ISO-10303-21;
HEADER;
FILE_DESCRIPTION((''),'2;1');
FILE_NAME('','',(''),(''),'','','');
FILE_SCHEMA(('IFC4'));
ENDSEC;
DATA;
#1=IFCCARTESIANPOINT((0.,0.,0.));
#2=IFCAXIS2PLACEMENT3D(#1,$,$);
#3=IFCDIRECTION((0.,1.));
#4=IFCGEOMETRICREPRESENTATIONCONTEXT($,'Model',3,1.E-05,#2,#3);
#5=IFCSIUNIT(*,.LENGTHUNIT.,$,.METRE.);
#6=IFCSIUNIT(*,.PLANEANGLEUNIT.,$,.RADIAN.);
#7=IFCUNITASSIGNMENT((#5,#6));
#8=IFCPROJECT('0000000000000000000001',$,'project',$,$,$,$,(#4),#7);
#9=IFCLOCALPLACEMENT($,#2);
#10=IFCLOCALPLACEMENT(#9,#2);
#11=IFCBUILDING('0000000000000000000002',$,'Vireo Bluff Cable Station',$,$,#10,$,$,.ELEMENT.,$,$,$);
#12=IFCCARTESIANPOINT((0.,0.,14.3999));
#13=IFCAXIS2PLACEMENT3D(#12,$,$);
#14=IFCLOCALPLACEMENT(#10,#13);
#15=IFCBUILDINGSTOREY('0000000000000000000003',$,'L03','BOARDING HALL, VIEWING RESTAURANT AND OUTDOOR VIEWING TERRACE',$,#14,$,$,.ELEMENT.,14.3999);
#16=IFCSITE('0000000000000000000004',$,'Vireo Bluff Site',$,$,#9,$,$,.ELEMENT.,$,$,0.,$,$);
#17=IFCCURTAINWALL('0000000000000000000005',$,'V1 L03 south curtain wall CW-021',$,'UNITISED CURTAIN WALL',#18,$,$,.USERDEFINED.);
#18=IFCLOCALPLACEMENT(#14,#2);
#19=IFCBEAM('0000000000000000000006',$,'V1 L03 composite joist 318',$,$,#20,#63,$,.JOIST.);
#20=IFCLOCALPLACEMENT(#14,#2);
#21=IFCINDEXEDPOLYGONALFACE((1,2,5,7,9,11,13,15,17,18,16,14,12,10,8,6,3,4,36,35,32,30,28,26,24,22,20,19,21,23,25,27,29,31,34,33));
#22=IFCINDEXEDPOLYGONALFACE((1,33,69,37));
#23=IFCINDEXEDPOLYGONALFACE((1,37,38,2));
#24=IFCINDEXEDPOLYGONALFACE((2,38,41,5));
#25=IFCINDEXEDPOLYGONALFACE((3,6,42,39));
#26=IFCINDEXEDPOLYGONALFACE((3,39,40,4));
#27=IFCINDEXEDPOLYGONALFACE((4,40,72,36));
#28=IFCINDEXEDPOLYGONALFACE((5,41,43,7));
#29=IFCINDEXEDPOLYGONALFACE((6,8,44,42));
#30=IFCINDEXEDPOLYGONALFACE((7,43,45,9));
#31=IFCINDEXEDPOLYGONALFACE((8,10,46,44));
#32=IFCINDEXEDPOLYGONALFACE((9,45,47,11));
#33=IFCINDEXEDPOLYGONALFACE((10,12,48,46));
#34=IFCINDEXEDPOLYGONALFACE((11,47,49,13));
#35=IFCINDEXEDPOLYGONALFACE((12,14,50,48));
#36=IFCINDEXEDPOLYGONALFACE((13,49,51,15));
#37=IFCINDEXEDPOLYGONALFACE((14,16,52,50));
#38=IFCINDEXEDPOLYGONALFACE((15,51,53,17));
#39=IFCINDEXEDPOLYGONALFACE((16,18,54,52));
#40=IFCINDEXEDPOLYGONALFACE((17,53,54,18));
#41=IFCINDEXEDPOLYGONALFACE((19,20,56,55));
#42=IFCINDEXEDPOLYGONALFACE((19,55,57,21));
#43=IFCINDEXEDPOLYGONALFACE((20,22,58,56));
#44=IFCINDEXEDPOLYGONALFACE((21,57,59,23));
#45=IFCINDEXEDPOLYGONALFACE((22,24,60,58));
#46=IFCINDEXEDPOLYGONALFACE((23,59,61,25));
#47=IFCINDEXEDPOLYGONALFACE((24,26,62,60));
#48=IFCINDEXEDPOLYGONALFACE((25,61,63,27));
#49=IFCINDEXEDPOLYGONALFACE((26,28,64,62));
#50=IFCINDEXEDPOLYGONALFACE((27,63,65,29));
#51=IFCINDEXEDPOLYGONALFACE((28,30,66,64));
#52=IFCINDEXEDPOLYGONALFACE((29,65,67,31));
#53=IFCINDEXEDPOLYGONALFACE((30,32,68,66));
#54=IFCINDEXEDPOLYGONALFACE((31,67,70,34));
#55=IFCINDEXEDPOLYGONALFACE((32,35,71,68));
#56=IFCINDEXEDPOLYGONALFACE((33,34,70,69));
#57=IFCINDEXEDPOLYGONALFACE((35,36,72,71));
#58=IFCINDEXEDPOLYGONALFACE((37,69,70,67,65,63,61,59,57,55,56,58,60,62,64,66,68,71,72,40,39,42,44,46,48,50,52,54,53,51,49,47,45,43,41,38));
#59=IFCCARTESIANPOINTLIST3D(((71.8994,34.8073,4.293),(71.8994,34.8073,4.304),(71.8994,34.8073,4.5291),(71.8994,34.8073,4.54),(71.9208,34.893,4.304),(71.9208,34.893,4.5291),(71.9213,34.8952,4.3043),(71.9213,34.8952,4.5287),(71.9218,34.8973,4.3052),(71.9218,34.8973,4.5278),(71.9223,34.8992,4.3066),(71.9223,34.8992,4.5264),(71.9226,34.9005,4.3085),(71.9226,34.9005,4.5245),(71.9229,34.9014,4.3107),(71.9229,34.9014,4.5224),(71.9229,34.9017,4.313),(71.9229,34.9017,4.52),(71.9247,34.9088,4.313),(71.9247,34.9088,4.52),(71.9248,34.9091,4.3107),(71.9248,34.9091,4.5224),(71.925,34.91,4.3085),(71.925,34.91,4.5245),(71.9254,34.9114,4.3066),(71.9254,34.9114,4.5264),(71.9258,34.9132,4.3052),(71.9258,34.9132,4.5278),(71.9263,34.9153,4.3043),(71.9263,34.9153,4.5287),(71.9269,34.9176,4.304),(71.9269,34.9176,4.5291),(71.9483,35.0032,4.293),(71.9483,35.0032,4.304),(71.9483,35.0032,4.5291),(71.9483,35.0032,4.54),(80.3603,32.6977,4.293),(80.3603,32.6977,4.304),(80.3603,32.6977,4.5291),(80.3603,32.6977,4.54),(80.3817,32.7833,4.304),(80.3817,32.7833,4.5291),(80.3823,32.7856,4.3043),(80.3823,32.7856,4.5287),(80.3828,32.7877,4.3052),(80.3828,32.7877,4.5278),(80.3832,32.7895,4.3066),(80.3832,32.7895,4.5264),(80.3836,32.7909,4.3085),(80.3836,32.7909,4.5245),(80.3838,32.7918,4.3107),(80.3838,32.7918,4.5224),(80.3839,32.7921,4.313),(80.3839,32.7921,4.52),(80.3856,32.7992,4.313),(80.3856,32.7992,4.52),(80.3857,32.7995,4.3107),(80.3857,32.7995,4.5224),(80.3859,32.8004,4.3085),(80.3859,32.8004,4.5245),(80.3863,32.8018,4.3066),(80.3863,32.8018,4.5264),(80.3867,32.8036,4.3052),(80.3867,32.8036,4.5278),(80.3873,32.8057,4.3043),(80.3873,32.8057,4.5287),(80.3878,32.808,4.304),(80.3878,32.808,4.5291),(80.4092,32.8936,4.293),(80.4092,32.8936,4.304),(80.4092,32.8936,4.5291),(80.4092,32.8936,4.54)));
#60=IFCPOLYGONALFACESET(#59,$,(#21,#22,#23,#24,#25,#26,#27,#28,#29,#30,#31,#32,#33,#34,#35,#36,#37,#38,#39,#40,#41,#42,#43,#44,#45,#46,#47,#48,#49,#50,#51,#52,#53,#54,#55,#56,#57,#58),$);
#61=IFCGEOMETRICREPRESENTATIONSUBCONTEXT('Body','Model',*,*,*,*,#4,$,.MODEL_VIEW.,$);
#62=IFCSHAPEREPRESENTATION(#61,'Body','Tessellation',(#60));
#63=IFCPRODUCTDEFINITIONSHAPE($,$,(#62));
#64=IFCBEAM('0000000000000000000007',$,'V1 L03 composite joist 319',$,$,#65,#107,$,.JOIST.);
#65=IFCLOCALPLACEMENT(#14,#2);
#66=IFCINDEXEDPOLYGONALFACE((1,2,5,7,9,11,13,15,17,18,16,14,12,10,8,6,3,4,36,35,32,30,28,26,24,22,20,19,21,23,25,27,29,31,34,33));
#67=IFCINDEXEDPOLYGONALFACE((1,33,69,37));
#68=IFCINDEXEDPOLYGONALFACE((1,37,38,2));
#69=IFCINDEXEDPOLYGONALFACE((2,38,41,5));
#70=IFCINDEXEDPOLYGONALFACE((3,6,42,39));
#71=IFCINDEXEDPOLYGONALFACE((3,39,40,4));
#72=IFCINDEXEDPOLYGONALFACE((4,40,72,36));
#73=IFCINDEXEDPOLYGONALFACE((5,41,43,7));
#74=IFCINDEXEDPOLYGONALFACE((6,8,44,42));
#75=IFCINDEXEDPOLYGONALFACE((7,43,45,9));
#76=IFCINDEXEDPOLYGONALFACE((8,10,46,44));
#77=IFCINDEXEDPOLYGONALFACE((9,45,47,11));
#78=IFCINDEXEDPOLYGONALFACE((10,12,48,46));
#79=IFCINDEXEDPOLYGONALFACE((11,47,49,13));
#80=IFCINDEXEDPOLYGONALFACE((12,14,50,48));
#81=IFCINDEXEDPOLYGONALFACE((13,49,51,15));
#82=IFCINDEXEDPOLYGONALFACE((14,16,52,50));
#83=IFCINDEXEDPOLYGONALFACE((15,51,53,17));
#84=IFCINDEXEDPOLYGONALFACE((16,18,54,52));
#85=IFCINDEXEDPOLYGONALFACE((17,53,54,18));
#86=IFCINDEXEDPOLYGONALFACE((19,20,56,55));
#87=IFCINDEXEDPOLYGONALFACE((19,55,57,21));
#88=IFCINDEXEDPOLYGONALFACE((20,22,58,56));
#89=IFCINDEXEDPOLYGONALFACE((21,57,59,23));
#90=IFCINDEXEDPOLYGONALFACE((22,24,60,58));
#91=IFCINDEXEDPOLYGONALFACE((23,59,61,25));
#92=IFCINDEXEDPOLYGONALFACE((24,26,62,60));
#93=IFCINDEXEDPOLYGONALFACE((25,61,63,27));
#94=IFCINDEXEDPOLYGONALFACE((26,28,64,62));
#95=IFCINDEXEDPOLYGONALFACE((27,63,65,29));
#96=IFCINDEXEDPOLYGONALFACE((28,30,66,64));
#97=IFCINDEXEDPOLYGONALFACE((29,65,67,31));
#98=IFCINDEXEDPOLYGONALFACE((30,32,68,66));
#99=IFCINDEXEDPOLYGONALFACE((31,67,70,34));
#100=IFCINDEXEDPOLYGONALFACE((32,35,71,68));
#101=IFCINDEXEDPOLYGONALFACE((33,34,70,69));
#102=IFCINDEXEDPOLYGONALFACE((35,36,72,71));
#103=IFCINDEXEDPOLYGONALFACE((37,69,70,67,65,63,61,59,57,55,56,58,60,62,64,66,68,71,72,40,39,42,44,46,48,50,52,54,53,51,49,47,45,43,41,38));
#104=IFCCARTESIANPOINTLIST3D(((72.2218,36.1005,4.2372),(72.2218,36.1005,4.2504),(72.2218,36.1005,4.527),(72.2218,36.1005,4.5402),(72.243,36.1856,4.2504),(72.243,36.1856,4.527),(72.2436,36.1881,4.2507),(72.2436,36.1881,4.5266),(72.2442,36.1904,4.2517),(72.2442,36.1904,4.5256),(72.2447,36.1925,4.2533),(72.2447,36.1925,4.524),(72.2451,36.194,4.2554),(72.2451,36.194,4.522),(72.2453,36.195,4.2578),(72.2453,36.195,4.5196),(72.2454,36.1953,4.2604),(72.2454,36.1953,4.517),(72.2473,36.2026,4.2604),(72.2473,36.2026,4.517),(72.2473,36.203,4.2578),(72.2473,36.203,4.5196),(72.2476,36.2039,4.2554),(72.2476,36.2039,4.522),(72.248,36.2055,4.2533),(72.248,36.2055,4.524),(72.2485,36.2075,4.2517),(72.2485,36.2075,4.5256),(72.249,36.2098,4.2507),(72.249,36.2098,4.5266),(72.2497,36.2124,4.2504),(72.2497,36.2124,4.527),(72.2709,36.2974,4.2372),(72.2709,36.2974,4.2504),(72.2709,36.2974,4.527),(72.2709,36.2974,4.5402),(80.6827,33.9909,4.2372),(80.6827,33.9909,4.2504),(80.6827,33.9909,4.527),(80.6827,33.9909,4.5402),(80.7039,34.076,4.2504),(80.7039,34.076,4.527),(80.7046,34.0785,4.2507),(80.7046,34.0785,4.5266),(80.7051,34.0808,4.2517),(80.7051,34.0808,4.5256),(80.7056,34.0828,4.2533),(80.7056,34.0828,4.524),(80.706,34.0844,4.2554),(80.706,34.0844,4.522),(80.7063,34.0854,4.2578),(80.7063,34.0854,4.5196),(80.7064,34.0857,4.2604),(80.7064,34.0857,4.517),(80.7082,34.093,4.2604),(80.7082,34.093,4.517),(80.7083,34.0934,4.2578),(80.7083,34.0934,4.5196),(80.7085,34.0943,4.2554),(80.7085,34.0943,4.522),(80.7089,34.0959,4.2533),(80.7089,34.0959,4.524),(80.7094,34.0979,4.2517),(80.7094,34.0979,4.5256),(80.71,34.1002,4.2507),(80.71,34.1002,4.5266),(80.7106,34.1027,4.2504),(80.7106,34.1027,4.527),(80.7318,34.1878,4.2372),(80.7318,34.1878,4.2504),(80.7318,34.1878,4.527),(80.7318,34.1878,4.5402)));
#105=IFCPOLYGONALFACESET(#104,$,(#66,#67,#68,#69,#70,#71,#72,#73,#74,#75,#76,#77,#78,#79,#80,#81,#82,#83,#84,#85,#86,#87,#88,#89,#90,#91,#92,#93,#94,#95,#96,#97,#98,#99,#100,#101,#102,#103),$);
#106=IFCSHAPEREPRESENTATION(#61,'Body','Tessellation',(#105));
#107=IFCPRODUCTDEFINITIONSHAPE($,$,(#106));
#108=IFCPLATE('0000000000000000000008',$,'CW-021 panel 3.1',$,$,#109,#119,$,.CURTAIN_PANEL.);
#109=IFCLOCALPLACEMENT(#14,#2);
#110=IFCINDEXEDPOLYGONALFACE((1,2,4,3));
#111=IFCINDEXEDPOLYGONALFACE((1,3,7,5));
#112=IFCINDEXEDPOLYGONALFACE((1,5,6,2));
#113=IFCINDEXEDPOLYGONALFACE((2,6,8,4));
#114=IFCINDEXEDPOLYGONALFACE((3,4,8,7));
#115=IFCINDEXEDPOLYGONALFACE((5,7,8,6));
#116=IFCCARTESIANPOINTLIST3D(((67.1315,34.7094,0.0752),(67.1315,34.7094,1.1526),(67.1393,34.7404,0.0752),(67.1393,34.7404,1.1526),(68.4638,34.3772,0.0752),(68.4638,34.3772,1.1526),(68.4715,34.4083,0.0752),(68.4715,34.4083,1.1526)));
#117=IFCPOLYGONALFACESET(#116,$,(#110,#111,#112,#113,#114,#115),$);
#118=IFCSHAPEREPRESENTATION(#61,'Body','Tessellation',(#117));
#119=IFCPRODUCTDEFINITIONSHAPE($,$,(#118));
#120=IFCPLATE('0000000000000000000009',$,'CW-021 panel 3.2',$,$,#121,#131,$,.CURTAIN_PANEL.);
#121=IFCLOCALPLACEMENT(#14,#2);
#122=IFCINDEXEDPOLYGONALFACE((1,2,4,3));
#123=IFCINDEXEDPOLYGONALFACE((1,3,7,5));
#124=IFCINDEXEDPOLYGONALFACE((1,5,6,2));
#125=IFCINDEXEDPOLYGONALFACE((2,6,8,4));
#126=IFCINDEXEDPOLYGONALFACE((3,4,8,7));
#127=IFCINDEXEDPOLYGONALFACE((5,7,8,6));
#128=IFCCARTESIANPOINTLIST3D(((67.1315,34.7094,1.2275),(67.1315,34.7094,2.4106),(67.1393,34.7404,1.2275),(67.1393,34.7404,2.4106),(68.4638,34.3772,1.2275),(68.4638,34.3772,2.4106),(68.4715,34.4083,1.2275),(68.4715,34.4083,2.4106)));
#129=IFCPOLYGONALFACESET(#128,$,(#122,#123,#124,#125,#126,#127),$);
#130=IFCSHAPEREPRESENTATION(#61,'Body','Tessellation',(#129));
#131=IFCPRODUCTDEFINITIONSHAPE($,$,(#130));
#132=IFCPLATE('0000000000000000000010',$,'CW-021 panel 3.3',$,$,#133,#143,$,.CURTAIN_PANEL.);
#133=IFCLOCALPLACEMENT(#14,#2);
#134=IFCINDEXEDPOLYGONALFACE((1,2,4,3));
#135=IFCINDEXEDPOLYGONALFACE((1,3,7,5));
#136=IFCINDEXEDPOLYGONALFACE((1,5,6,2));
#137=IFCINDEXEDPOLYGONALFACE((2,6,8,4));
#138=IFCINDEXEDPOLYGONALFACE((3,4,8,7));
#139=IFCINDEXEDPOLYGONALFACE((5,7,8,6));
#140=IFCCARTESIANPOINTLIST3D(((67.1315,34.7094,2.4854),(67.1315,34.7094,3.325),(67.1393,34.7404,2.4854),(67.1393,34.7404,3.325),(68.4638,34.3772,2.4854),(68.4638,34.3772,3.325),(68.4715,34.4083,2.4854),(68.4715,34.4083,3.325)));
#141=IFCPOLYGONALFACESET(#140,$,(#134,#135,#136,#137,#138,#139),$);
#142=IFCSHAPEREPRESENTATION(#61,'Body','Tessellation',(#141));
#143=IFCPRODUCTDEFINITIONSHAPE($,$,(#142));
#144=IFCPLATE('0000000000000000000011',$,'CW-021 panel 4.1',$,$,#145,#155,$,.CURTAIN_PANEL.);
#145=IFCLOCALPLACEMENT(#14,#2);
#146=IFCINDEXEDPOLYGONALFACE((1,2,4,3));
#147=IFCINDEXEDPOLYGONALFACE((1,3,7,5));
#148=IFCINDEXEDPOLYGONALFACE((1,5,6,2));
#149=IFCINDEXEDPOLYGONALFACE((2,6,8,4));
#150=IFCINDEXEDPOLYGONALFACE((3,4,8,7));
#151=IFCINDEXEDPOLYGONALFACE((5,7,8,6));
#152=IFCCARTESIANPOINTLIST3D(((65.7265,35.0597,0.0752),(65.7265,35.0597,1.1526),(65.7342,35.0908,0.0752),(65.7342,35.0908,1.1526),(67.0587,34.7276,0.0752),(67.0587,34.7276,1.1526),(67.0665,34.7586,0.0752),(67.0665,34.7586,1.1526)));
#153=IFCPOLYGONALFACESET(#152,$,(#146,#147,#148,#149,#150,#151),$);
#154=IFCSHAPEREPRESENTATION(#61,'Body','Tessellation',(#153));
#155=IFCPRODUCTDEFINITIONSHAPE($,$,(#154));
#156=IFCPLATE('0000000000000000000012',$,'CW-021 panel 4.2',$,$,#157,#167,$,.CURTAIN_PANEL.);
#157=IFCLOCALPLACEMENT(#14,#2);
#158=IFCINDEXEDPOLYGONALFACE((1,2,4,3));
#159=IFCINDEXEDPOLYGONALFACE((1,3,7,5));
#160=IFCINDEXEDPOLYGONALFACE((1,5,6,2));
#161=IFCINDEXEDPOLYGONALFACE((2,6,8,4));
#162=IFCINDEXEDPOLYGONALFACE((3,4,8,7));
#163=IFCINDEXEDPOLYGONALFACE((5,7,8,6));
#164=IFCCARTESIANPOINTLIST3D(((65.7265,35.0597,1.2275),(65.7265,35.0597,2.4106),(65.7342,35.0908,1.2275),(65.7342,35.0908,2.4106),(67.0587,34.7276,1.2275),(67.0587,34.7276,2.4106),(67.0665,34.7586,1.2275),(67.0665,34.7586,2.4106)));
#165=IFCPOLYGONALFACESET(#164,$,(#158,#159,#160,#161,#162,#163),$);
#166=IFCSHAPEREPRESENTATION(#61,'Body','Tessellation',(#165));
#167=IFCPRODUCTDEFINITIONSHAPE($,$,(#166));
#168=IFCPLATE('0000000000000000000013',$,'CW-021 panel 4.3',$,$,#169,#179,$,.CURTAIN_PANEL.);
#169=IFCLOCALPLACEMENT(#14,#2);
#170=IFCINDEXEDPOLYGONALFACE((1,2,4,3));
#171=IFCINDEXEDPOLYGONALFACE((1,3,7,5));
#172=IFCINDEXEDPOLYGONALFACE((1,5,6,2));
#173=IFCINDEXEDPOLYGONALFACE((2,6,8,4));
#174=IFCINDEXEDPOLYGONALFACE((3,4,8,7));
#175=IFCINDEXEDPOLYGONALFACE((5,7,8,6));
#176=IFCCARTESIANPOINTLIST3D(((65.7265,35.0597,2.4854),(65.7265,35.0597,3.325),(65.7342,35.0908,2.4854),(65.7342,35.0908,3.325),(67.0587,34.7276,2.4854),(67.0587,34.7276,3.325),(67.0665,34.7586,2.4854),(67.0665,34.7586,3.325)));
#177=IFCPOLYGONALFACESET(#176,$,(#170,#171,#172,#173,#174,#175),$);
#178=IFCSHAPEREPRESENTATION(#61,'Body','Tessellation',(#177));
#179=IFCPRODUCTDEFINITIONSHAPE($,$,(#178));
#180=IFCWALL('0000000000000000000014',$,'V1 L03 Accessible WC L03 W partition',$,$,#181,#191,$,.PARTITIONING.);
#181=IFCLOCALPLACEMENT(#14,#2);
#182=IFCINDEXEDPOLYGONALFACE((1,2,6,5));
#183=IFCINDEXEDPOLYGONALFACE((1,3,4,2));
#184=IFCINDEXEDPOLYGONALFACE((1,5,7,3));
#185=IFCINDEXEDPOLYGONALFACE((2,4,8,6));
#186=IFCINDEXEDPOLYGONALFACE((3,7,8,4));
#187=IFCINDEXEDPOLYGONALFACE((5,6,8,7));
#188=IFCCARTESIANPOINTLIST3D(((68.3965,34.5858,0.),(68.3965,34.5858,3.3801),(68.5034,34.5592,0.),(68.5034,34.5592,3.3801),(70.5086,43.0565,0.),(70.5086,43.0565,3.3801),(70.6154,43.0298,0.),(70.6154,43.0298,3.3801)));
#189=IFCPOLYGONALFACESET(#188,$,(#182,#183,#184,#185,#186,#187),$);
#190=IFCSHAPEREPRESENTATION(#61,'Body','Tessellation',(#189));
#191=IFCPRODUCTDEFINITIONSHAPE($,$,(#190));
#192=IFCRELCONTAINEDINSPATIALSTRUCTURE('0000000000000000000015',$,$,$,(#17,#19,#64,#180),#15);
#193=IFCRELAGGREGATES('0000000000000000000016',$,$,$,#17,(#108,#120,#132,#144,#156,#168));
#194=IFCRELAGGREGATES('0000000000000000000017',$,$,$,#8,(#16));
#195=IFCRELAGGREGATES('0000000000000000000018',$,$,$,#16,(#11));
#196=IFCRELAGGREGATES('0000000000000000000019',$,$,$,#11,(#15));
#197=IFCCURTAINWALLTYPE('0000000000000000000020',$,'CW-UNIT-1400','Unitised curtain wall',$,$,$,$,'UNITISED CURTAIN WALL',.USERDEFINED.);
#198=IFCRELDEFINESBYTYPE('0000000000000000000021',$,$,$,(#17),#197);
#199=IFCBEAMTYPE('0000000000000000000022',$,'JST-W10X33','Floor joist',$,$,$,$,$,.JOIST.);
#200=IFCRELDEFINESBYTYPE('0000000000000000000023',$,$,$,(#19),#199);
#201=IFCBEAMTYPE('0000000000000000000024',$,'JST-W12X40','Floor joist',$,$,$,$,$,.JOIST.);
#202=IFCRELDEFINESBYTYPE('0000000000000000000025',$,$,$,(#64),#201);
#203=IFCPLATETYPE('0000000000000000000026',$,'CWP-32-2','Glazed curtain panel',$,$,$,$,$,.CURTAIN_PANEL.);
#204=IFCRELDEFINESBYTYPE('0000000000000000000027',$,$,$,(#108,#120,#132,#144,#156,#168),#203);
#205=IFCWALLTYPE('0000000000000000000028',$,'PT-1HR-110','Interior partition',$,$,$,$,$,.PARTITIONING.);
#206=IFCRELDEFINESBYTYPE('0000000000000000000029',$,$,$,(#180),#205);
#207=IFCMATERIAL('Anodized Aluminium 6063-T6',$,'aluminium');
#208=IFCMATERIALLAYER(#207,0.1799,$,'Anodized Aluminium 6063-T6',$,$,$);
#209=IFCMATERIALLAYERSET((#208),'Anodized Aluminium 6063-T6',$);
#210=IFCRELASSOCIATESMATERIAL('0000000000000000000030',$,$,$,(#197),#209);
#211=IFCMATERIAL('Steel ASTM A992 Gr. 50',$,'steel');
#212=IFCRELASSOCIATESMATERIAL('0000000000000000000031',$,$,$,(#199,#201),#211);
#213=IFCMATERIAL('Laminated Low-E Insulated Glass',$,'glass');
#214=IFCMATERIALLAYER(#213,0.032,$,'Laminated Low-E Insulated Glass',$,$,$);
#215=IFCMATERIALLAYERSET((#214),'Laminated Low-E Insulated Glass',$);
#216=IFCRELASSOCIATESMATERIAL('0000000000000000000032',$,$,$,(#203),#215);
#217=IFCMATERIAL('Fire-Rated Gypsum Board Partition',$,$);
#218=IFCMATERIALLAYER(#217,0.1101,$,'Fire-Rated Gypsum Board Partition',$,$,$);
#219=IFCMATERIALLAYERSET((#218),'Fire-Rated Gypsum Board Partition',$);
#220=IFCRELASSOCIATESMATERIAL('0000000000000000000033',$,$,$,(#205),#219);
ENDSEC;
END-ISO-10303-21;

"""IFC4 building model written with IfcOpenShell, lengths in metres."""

from ifc_helpers import new_model, si_unit, direction, frame, frame_2d, origin, origin_2d, place, context, subcontext, project, spatial, rectangle, i_section, extrude, material, layer, layer_set, material_profile, profile_set, type_object, element, aggregate, save


model = new_model("IFC4")

# Units and contexts
model_context = context("Model", 3, precision=1e-05, world=origin(), true_north=direction((0.0, 1.0)))
body_context = subcontext(model_context, "Body", "Model", "MODEL_VIEW")
ifc_project = project(units=[si_unit("LENGTHUNIT", "METRE"), si_unit("PLANEANGLEUNIT", "RADIAN")], contexts=[model_context])

# Site, building, storey
site_placement = place(None, origin())
site = spatial("IfcSite", under=ifc_project, at=site_placement, Name="Vireo Bluff Site", CompositionType="ELEMENT", RefElevation=0.0)
building_placement = place(site_placement, origin())
building = spatial("IfcBuilding", under=site, at=building_placement, Name="Vireo Bluff Cable Station", CompositionType="ELEMENT")
storey_placement = place(building_placement, frame((0.0, 0.0, 14.3999)))
storey = spatial("IfcBuildingStorey", under=building, at=storey_placement, Name="L03", Description="BOARDING HALL, VIEWING RESTAURANT AND OUTDOOR VIEWING TERRACE", CompositionType="ELEMENT", Elevation=14.3999)

# Curtain wall
ifc_material_1 = material(Name="Anodized Aluminium 6063-T6", Category="aluminium")
ifc_layer_1 = layer(ifc_material_1, 0.1799, Name="Anodized Aluminium 6063-T6")
ifc_layer_set_1 = layer_set([ifc_layer_1], Name="Anodized Aluminium 6063-T6")
curtain_wall_type = type_object("IfcCurtainWallType", Name="CW-UNIT-1400", Description="Unitised curtain wall", ElementType="UNITISED CURTAIN WALL", PredefinedType="USERDEFINED", material=ifc_layer_set_1)
curtain_wall_placement = place(storey_placement, origin())
curtain_wall = element("IfcCurtainWall", 1, at=curtain_wall_placement, inside=storey, type_object=curtain_wall_type, Name="V1 L03 south curtain wall CW-021", ObjectType="UNITISED CURTAIN WALL", PredefinedType="USERDEFINED")

# Beams
ifc_material_2 = material(Name="Steel ASTM A992 Gr. 50", Category="steel")
ifc_material_profile_1 = material_profile(ifc_material_2, i_section(OverallWidth=0.2019, OverallDepth=0.2471, WebThickness=0.0073, FlangeThickness=0.011, FilletRadius=0.009, at=origin_2d()), Name="W10X33")
ifc_profile_set_1 = profile_set([ifc_material_profile_1], Name="Steel ASTM A992 Gr. 50")
beam_type_1 = type_object("IfcBeamType", Name="JST-W10X33", Description="Floor joist", PredefinedType="JOIST", material=ifc_profile_set_1)
beam_1_placement = place(storey_placement, frame((71.9238, 34.9053, 4.4165), z_axis=(0.970294, -0.24193, 0.0), x_axis=(0.24193, 0.970294, 0.0)))
element("IfcBeam", 2, at=beam_1_placement, inside=storey, type_object=beam_type_1, Name="V1 L03 composite joist 318", PredefinedType="JOIST", context=body_context, shape_type="SweptSolid", body=[
    extrude(i_section(OverallWidth=0.2019, OverallDepth=0.2471, WebThickness=0.0073, FlangeThickness=0.011, FilletRadius=0.009, at=origin_2d()), origin(), (0.0, 0.0, 1.0), 8.72),
])
ifc_material_profile_2 = material_profile(ifc_material_2, i_section(OverallWidth=0.2029, OverallDepth=0.303, WebThickness=0.0076, FlangeThickness=0.0132, FilletRadius=0.01, at=origin_2d()), Name="W12X40")
ifc_profile_set_2 = profile_set([ifc_material_profile_2], Name="Steel ASTM A992 Gr. 50")
beam_type_2 = type_object("IfcBeamType", Name="JST-W12X40", Description="Floor joist", PredefinedType="JOIST", material=ifc_profile_set_2)
beam_2_placement = place(storey_placement, frame((72.2463, 36.199, 4.3887), z_axis=(0.970294, -0.24193, 0.0), x_axis=(0.24193, 0.970294, 0.0)))
element("IfcBeam", 3, at=beam_2_placement, inside=storey, type_object=beam_type_2, Name="V1 L03 composite joist 319", PredefinedType="JOIST", context=body_context, shape_type="SweptSolid", body=[
    extrude(i_section(OverallWidth=0.2029, OverallDepth=0.303, WebThickness=0.0076, FlangeThickness=0.0132, FilletRadius=0.01, at=origin_2d()), origin(), (0.0, 0.0, 1.0), 8.72),
])

# Plates
ifc_material_3 = material(Name="Laminated Low-E Insulated Glass", Category="glass")
ifc_layer_2 = layer(ifc_material_3, 0.032, Name="Laminated Low-E Insulated Glass")
ifc_layer_set_2 = layer_set([ifc_layer_2], Name="Laminated Low-E Insulated Glass")
plate_type = type_object("IfcPlateType", Name="CWP-32-2", Description="Glazed curtain panel", PredefinedType="CURTAIN_PANEL", material=ifc_layer_set_2)
plate_1_placement = place(storey_placement, frame((67.8015, 34.5588, 0.0752), z_axis=(0.0, 0.0, 1.0), x_axis=(-0.970296, 0.241922, 0.0)))
plate_1 = element("IfcPlate", 4, at=plate_1_placement, type_object=plate_type, Name="CW-021 panel 3.1", PredefinedType="CURTAIN_PANEL", context=body_context, shape_type="SweptSolid", body=[
    extrude(rectangle(XDim=1.373, YDim=0.032, at=origin_2d()), origin(), (0.0, 0.0, 1.0), 1.0774),
])
plate_2_placement = place(storey_placement, frame((67.8015, 34.5588, 1.2275), z_axis=(0.0, 0.0, 1.0), x_axis=(-0.970296, 0.241922, 0.0)))
plate_2 = element("IfcPlate", 5, at=plate_2_placement, type_object=plate_type, Name="CW-021 panel 3.2", PredefinedType="CURTAIN_PANEL", context=body_context, shape_type="SweptSolid", body=[
    extrude(rectangle(XDim=1.373, YDim=0.032, at=origin_2d()), origin(), (0.0, 0.0, 1.0), 1.1831),
])
plate_3_placement = place(storey_placement, frame((67.8015, 34.5588, 2.4854), z_axis=(0.0, 0.0, 1.0), x_axis=(-0.970296, 0.241922, 0.0)))
plate_3 = element("IfcPlate", 6, at=plate_3_placement, type_object=plate_type, Name="CW-021 panel 3.3", PredefinedType="CURTAIN_PANEL", context=body_context, shape_type="SweptSolid", body=[
    extrude(rectangle(XDim=1.373, YDim=0.032, at=origin_2d()), origin(), (0.0, 0.0, 1.0), 0.8396),
])
plate_4_placement = place(storey_placement, frame((66.3965, 34.9092, 0.0752), z_axis=(0.0, 0.0, 1.0), x_axis=(-0.970296, 0.241922, 0.0)))
plate_4 = element("IfcPlate", 7, at=plate_4_placement, type_object=plate_type, Name="CW-021 panel 4.1", PredefinedType="CURTAIN_PANEL", context=body_context, shape_type="SweptSolid", body=[
    extrude(rectangle(XDim=1.373, YDim=0.032, at=origin_2d()), origin(), (0.0, 0.0, 1.0), 1.0774),
])
plate_5_placement = place(storey_placement, frame((66.3965, 34.9092, 1.2275), z_axis=(0.0, 0.0, 1.0), x_axis=(-0.970296, 0.241922, 0.0)))
plate_5 = element("IfcPlate", 8, at=plate_5_placement, type_object=plate_type, Name="CW-021 panel 4.2", PredefinedType="CURTAIN_PANEL", context=body_context, shape_type="SweptSolid", body=[
    extrude(rectangle(XDim=1.373, YDim=0.032, at=origin_2d()), origin(), (0.0, 0.0, 1.0), 1.1831),
])
plate_6_placement = place(storey_placement, frame((66.3965, 34.9092, 2.4854), z_axis=(0.0, 0.0, 1.0), x_axis=(-0.970296, 0.241922, 0.0)))
plate_6 = element("IfcPlate", 9, at=plate_6_placement, type_object=plate_type, Name="CW-021 panel 4.3", PredefinedType="CURTAIN_PANEL", context=body_context, shape_type="SweptSolid", body=[
    extrude(rectangle(XDim=1.373, YDim=0.032, at=origin_2d()), origin(), (0.0, 0.0, 1.0), 0.8396),
])
aggregate(curtain_wall, [plate_1, plate_2, plate_3, plate_4, plate_5, plate_6])

# Wall
ifc_material_4 = material(Name="Fire-Rated Gypsum Board Partition")
ifc_layer_3 = layer(ifc_material_4, 0.1101, Name="Fire-Rated Gypsum Board Partition")
ifc_layer_set_3 = layer_set([ifc_layer_3], Name="Fire-Rated Gypsum Board Partition")
wall_type_1 = type_object("IfcWallType", Name="PT-1HR-110", Description="Interior partition", PredefinedType="PARTITIONING", material=ifc_layer_set_3)
wall_1_placement = place(storey_placement, frame((68.45, 34.5725, 0.0), z_axis=(0.0, 0.0, 1.0), x_axis=(0.24193, 0.970294, 0.0)))
element("IfcWall", 10, at=wall_1_placement, inside=storey, type_object=wall_type_1, Name="V1 L03 Accessible WC L03 W partition", PredefinedType="PARTITIONING", context=body_context, shape_type="SweptSolid", body=[
    extrude(rectangle(XDim=8.73, YDim=0.1101, at=frame_2d((4.365, 0.0))), origin(), (0.0, 0.0, 1.0), 3.3801),
])

save(model, "model.ifc")
